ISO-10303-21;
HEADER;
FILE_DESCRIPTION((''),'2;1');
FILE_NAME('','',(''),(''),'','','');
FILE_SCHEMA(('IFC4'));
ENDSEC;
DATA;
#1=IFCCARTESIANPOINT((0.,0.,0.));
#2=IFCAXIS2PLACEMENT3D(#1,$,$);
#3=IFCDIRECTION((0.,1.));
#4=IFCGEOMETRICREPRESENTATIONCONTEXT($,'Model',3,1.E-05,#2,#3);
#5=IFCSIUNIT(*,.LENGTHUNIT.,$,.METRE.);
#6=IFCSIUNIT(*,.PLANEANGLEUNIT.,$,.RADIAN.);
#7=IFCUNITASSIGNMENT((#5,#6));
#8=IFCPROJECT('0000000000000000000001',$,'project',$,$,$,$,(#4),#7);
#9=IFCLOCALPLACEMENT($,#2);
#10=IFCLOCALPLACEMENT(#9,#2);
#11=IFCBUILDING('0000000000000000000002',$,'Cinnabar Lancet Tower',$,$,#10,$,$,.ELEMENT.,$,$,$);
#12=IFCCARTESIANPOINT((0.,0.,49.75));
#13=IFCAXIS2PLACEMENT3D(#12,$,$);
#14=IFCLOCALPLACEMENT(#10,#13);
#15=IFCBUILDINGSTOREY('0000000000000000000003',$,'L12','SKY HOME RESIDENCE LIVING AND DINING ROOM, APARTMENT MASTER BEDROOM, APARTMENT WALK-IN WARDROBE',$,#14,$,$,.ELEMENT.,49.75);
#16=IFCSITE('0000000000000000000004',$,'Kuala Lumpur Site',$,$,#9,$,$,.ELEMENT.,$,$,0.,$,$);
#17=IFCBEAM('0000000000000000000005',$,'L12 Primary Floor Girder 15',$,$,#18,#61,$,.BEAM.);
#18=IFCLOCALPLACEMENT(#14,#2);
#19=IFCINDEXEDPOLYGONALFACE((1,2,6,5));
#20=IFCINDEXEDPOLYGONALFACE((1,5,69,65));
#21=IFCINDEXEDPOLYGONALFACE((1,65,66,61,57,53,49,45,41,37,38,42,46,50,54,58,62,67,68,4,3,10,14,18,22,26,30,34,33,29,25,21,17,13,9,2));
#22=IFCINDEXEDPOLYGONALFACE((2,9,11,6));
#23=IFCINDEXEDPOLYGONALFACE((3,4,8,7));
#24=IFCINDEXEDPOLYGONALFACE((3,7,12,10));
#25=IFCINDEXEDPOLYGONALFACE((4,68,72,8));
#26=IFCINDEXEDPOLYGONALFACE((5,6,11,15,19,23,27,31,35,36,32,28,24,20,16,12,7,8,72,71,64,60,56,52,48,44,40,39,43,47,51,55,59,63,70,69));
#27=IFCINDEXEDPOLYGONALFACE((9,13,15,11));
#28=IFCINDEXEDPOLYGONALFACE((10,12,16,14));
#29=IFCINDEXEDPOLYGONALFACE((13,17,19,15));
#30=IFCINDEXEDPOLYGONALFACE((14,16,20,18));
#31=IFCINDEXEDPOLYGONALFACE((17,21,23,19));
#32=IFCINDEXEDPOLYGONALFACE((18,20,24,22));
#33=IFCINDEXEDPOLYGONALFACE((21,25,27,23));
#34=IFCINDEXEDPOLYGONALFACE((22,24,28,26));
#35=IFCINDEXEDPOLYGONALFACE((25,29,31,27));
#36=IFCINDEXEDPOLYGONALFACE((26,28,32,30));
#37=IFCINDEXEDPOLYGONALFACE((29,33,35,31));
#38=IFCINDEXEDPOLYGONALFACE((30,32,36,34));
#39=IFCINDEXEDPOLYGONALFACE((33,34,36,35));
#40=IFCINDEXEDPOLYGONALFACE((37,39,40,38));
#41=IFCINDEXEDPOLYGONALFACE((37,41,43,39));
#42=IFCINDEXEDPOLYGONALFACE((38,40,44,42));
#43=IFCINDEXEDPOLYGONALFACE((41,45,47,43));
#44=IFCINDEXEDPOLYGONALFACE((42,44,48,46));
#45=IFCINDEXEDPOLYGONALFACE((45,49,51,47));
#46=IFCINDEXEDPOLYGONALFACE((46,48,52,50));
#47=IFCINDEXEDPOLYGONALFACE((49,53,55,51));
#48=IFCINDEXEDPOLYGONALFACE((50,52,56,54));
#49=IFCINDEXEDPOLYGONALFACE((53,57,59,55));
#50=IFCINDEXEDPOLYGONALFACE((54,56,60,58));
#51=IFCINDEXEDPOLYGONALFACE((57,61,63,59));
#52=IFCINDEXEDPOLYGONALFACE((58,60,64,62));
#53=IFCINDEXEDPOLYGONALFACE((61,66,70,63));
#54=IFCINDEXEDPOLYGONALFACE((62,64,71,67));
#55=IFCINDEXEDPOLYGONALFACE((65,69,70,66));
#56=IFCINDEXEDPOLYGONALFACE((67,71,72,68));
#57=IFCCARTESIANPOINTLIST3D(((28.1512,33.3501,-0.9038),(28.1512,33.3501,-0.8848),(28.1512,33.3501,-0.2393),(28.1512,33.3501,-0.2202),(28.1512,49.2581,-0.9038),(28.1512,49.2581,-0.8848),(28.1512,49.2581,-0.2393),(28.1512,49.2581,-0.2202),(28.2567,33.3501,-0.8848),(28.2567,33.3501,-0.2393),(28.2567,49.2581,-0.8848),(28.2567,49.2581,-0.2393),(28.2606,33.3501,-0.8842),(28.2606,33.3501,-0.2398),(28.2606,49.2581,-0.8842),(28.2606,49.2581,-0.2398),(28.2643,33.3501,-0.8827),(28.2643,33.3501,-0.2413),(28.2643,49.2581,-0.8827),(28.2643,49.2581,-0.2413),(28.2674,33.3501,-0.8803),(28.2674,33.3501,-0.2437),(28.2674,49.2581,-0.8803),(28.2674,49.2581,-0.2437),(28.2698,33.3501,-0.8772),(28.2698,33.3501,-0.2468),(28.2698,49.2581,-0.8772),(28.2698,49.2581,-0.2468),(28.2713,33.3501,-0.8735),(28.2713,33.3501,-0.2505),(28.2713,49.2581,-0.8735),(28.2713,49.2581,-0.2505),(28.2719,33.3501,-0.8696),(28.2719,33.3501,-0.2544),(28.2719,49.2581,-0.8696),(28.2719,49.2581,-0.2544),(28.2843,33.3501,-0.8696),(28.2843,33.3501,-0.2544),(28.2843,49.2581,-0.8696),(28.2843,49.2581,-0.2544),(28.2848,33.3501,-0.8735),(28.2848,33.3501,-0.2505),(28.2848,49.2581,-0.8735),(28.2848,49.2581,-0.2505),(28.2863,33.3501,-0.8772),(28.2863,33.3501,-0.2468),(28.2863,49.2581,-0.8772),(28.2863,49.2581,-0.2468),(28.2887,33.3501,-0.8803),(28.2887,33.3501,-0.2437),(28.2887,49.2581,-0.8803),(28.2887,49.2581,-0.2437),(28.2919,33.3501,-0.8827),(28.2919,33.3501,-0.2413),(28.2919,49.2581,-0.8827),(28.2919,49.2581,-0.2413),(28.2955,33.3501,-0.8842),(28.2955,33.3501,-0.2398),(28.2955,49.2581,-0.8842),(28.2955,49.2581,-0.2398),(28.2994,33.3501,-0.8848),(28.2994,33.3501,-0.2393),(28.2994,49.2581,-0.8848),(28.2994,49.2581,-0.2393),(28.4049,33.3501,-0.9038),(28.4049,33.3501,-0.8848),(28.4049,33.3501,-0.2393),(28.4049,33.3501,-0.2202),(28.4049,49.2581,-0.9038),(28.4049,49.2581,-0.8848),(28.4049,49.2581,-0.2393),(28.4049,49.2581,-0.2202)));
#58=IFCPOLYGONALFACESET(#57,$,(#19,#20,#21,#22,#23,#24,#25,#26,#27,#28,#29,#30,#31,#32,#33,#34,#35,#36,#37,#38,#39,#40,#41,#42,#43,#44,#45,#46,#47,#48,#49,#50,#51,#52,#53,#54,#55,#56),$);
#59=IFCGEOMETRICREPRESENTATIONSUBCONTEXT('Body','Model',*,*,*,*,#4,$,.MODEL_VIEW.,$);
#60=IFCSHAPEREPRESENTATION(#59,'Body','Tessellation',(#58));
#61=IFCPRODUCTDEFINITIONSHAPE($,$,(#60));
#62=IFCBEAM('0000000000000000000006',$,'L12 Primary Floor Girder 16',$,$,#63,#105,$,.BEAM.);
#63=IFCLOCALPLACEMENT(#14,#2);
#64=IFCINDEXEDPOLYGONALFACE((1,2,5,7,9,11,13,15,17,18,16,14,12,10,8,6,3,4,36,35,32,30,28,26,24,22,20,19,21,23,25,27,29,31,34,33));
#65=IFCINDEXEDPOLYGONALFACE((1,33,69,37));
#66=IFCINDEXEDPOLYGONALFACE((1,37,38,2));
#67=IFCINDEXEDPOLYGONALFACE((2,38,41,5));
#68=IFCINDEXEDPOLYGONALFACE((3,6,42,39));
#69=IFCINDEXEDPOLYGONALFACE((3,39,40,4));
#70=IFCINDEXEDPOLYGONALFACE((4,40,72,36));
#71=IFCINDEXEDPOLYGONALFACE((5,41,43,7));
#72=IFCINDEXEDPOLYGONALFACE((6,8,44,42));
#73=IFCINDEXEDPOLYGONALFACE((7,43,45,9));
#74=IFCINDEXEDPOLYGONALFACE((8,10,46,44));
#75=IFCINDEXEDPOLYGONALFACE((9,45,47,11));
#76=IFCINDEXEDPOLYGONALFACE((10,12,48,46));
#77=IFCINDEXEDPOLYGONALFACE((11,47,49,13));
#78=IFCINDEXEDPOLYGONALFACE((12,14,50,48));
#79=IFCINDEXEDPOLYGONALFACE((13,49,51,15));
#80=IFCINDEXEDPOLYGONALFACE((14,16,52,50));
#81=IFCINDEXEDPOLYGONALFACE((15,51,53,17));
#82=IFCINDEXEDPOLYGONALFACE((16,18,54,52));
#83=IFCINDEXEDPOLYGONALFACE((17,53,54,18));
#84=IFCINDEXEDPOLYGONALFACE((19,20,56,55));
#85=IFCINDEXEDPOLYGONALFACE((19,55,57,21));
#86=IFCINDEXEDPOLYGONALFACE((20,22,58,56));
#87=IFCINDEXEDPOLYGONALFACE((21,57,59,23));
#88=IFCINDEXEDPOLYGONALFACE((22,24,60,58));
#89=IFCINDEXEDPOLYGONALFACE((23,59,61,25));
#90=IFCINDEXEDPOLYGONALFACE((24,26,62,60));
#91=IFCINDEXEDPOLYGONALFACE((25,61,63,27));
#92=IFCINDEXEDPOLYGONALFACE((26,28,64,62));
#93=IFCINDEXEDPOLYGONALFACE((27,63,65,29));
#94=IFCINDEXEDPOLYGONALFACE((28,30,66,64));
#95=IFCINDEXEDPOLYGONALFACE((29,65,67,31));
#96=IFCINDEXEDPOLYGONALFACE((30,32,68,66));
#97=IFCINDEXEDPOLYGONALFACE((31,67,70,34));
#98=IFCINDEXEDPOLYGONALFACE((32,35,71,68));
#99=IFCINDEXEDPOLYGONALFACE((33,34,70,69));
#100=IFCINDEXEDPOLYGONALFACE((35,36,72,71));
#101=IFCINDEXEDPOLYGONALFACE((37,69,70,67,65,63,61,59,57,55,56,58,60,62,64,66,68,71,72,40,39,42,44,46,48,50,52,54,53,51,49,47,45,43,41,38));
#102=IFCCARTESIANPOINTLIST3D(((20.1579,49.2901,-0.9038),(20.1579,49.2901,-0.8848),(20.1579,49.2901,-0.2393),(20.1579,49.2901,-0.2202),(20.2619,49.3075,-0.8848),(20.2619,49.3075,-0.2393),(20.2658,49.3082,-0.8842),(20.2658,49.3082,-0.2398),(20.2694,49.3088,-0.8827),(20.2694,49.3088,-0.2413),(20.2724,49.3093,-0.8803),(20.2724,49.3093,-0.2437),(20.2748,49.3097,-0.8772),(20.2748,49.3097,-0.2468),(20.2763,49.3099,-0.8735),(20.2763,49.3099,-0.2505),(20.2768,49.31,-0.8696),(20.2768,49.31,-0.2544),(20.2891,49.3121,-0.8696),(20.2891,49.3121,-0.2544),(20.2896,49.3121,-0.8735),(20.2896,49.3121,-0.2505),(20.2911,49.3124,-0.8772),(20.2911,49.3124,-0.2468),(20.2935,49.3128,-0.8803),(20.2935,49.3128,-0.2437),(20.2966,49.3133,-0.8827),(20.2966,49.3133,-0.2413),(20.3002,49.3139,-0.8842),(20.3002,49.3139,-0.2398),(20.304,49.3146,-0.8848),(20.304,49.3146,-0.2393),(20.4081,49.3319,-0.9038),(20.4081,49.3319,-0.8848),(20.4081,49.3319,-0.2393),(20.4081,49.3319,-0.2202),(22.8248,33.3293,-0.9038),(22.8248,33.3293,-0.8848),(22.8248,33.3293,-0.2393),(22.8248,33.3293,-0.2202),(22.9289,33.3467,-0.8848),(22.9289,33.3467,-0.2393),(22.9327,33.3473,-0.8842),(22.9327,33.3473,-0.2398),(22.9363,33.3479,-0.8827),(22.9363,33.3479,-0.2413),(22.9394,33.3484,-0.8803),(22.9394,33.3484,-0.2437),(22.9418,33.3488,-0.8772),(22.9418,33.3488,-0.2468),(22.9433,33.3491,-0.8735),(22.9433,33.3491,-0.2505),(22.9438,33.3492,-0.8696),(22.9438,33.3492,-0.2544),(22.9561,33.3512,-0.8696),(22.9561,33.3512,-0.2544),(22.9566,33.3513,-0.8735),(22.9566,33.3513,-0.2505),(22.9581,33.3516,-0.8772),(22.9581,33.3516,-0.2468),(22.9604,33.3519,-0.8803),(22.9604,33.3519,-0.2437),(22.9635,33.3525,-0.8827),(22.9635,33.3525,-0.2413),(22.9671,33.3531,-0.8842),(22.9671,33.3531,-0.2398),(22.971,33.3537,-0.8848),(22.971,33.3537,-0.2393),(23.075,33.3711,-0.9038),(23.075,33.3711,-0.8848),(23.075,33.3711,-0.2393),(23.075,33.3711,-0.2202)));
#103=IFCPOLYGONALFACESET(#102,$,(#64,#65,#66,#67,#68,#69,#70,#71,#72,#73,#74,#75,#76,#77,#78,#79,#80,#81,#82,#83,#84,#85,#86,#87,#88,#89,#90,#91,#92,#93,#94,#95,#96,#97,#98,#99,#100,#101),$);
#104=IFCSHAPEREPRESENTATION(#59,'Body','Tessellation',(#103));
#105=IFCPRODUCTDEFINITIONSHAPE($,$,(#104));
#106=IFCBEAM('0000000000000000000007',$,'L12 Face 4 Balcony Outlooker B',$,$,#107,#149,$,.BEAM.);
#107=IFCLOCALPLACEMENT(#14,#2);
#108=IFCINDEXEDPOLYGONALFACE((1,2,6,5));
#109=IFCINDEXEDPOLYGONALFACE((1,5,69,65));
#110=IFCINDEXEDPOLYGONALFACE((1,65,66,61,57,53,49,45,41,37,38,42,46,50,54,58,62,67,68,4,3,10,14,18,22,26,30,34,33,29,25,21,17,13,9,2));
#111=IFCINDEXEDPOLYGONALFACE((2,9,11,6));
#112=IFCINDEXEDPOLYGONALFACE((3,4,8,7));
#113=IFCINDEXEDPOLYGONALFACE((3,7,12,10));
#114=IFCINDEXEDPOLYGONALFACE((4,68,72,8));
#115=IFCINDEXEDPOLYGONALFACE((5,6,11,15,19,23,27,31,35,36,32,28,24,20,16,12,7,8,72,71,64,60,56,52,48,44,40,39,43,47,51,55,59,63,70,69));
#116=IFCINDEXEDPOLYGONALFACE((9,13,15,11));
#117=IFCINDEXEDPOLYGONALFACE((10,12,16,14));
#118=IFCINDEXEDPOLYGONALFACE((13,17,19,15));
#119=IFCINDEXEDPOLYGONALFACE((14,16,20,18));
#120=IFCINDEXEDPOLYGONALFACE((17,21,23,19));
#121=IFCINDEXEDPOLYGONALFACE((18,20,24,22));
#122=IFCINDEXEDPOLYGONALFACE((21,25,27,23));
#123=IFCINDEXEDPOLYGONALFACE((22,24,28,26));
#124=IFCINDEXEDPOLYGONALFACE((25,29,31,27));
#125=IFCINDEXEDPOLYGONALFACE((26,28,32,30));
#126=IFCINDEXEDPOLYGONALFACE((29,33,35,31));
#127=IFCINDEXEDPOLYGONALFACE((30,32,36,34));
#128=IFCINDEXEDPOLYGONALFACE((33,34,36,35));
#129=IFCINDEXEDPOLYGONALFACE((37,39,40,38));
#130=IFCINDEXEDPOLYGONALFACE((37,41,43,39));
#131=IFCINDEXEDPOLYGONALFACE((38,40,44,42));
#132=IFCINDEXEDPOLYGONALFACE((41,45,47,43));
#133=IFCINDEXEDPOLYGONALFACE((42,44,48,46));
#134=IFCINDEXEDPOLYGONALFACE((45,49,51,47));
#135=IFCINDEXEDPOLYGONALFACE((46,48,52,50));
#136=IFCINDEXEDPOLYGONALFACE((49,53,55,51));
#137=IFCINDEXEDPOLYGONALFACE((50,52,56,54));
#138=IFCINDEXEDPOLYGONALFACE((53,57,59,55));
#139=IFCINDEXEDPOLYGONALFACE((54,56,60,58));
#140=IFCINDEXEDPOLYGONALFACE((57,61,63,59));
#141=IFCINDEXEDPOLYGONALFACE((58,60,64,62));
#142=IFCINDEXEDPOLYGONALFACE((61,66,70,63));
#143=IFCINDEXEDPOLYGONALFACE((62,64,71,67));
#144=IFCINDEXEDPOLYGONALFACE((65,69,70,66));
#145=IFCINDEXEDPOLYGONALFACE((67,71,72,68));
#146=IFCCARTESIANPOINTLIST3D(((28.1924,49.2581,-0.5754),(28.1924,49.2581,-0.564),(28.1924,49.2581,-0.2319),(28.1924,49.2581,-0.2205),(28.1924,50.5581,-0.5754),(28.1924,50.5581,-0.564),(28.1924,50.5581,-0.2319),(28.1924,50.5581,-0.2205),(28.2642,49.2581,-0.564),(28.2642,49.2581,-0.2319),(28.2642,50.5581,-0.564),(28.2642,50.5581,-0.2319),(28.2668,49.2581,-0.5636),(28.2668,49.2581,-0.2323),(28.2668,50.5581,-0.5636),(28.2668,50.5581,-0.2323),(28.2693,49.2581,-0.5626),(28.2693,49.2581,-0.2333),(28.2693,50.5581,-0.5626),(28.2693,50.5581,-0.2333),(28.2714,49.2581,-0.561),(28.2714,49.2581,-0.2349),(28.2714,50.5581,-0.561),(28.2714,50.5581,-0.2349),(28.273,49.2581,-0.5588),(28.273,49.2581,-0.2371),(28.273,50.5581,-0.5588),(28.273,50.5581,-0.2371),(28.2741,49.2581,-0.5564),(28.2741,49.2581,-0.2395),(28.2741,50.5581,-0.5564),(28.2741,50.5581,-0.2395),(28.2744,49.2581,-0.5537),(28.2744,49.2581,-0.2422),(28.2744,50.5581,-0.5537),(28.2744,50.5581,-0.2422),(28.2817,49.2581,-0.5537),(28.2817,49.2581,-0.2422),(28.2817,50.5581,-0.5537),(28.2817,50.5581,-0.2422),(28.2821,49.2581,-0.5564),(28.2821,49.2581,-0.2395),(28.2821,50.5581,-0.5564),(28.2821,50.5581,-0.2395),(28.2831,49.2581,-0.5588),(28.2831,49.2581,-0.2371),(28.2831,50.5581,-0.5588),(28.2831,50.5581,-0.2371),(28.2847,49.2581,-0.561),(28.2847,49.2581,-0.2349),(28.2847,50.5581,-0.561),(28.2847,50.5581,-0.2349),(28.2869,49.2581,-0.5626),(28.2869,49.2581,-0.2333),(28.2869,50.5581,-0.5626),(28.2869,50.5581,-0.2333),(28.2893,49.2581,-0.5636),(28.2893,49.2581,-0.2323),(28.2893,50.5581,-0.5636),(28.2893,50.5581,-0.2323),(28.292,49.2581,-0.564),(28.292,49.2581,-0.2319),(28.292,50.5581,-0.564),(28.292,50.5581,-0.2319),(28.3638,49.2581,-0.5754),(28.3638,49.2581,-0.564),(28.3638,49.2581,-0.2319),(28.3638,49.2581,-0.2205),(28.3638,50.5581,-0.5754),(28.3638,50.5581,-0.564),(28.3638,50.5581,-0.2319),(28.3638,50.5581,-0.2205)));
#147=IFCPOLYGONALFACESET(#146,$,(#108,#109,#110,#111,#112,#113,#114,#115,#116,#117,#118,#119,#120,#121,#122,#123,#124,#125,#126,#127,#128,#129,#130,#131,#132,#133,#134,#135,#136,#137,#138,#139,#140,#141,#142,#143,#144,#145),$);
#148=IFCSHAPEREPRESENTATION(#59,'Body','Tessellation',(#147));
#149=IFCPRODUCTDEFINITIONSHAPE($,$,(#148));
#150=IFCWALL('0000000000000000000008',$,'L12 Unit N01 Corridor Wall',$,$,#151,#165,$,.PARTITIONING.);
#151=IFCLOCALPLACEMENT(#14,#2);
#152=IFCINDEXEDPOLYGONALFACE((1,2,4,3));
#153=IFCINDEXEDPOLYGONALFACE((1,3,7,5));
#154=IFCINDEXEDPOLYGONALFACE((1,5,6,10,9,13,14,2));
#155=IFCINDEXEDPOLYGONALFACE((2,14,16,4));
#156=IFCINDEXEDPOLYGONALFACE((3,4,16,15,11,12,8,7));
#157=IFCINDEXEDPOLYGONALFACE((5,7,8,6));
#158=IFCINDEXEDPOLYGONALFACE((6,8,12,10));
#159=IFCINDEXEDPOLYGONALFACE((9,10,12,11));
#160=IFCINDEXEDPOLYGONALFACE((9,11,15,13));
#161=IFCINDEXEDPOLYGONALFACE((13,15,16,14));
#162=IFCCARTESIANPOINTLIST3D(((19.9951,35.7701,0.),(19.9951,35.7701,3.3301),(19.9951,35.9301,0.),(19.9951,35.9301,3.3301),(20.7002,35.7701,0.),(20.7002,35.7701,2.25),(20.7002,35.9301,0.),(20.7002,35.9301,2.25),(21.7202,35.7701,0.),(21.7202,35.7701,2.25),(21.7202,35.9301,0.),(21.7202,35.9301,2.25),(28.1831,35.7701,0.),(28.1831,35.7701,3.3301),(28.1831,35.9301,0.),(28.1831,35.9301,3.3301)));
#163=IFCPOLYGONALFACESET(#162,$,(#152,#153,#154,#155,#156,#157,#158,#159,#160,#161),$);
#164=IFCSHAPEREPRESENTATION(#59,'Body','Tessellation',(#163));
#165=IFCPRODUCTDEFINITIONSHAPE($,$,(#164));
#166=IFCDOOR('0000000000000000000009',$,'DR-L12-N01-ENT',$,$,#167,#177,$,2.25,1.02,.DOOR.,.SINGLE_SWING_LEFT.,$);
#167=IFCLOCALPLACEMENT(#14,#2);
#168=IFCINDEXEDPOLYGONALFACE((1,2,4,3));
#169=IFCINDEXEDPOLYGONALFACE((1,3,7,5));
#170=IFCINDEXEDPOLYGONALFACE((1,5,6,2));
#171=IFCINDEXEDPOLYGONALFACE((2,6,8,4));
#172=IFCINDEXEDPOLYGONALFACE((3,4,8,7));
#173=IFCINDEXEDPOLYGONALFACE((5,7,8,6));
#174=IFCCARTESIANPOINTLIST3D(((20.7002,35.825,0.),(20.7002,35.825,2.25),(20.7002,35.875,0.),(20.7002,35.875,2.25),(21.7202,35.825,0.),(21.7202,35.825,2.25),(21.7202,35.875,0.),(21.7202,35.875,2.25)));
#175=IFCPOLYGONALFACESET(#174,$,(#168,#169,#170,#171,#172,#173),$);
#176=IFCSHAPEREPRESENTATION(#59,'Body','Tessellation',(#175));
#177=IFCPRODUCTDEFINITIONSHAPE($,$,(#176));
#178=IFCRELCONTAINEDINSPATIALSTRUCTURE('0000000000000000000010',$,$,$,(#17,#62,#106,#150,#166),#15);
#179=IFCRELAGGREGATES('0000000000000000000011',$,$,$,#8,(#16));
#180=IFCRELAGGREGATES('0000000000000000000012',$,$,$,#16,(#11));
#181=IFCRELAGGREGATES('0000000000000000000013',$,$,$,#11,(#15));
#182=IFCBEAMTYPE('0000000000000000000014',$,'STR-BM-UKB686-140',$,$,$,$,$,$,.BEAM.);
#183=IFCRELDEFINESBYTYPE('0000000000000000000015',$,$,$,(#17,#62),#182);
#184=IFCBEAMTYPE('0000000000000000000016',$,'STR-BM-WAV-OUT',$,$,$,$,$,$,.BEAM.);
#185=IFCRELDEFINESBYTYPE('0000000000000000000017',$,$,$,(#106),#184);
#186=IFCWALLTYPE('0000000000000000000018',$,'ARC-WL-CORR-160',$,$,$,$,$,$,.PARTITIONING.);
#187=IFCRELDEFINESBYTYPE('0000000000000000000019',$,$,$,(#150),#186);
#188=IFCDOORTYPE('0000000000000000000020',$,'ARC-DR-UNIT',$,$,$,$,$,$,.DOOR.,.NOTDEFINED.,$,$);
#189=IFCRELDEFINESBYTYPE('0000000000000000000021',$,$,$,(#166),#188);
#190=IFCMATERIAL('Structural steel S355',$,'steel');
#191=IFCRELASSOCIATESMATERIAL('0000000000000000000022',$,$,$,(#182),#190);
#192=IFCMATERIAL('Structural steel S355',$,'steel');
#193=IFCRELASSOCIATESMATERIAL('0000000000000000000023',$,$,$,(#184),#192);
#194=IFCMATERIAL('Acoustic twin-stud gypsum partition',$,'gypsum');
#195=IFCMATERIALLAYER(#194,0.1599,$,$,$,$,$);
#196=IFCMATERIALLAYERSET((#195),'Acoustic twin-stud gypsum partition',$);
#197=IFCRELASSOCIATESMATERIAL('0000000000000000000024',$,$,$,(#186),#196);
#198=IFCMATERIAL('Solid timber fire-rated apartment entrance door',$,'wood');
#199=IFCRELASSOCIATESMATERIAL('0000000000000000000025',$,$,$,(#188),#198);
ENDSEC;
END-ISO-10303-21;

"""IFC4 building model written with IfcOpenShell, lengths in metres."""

from ifc_helpers import new_model, si_unit, direction, frame, frame_2d, origin, origin_2d, place, context, subcontext, project, spatial, rectangle, i_section, extrude, material, layer, layer_set, material_profile, profile_set, type_object, element, fill, save


model = new_model("IFC4")

# Units and contexts
model_context = context("Model", 3, precision=1e-05, world=origin(), true_north=direction((0.0, 1.0)))
body_context = subcontext(model_context, "Body", "Model", "MODEL_VIEW")
ifc_project = project(units=[si_unit("LENGTHUNIT", "METRE"), si_unit("PLANEANGLEUNIT", "RADIAN")], contexts=[model_context])

# Site, building, storey
site_placement = place(None, origin())
site = spatial("IfcSite", under=ifc_project, at=site_placement, Name="Kuala Lumpur Site", CompositionType="ELEMENT", RefElevation=0.0)
building_placement = place(site_placement, origin())
building = spatial("IfcBuilding", under=site, at=building_placement, Name="Cinnabar Lancet Tower", CompositionType="ELEMENT")
storey_placement = place(building_placement, frame((0.0, 0.0, 49.75)))
storey = spatial("IfcBuildingStorey", under=building, at=storey_placement, Name="L12", Description="SKY HOME RESIDENCE LIVING AND DINING ROOM, APARTMENT MASTER BEDROOM, APARTMENT WALK-IN WARDROBE", CompositionType="ELEMENT", Elevation=49.75)

# Beams
ifc_material_1 = material(Name="Structural steel S355", Category="steel")
ifc_material_profile_1 = material_profile(ifc_material_1, i_section(OverallWidth=0.2537, OverallDepth=0.6836, WebThickness=0.0125, FlangeThickness=0.019, FilletRadius=0.0151, at=origin_2d()), Name="UKB 686x254x140")
ifc_profile_set_1 = profile_set([ifc_material_profile_1], Name="Structural steel S355")
beam_type_1 = type_object("IfcBeamType", Name="STR-BM-UKB686-140", PredefinedType="BEAM", material=ifc_profile_set_1)
beam_1_placement = place(storey_placement, frame((28.2781, 49.2581, -0.562), z_axis=(0.0, -1.0, 0.0), x_axis=(1.0, 0.0, 0.0)))
element("IfcBeam", 1, at=beam_1_placement, inside=storey, type_object=beam_type_1, Name="L12 Primary Floor Girder 15", PredefinedType="BEAM", context=body_context, shape_type="SweptSolid", body=[
    extrude(i_section(OverallWidth=0.2537, OverallDepth=0.6836, WebThickness=0.0125, FlangeThickness=0.019, FilletRadius=0.0151, at=origin_2d()), origin(), (0.0, 0.0, 1.0), 15.908),
])
beam_2_placement = place(storey_placement, frame((20.283, 49.311, -0.562), z_axis=(0.16481, -0.986325, 0.0), x_axis=(0.986325, 0.16481, 0.0)))
element("IfcBeam", 2, at=beam_2_placement, inside=storey, type_object=beam_type_1, Name="L12 Primary Floor Girder 16", PredefinedType="BEAM", context=body_context, shape_type="SweptSolid", body=[
    extrude(i_section(OverallWidth=0.2537, OverallDepth=0.6836, WebThickness=0.0125, FlangeThickness=0.019, FilletRadius=0.0151, at=origin_2d()), origin(), (0.0, 0.0, 1.0), 16.1821),
])
ifc_material_2 = material(Name="Structural steel S355", Category="steel")
ifc_material_profile_2 = material_profile(ifc_material_2, i_section(OverallWidth=0.1714, OverallDepth=0.355, WebThickness=0.0073, FlangeThickness=0.0115, FilletRadius=0.0103, at=origin_2d()), Name="UKB 356x171x51")
ifc_profile_set_2 = profile_set([ifc_material_profile_2], Name="Structural steel S355")
beam_type_2 = type_object("IfcBeamType", Name="STR-BM-WAV-OUT", PredefinedType="BEAM", material=ifc_profile_set_2)
beam_3_placement = place(storey_placement, frame((28.2781, 49.2581, -0.3979), z_axis=(0.0, 1.0, 0.0), x_axis=(-1.0, 0.0, 0.0)))
element("IfcBeam", 3, at=beam_3_placement, inside=storey, type_object=beam_type_2, Name="L12 Face 4 Balcony Outlooker B", PredefinedType="BEAM", context=body_context, shape_type="SweptSolid", body=[
    extrude(i_section(OverallWidth=0.1714, OverallDepth=0.355, WebThickness=0.0073, FlangeThickness=0.0115, FilletRadius=0.0103, at=origin_2d()), origin(), (0.0, 0.0, 1.0), 1.3),
])

# Wall, opening, door
ifc_material_3 = material(Name="Acoustic twin-stud gypsum partition", Category="gypsum")
ifc_layer_1 = layer(ifc_material_3, 0.1599)
ifc_layer_set_1 = layer_set([ifc_layer_1], Name="Acoustic twin-stud gypsum partition")
wall_type_1 = type_object("IfcWallType", Name="ARC-WL-CORR-160", PredefinedType="PARTITIONING", material=ifc_layer_set_1)
wall_1_placement = place(storey_placement, frame((19.9951, 35.8501, 0.0), z_axis=(0.0, 0.0, 1.0), x_axis=(1.0, 0.0, 0.0)))
wall_1 = element("IfcWall", 4, at=wall_1_placement, inside=storey, type_object=wall_type_1, Name="L12 Unit N01 Corridor Wall", PredefinedType="PARTITIONING", context=body_context, shape_type="SweptSolid", body=[
    extrude(rectangle(XDim=8.188, YDim=0.1599, at=frame_2d((4.094, 0.0))), origin(), (0.0, 0.0, 1.0), 3.3301),
])
opening_1_placement = place(wall_1_placement, frame((0.7051, 0.0, 0.0)))
opening_1 = element("IfcOpeningElement", 5, at=opening_1_placement, cuts=wall_1, PredefinedType="OPENING", context=body_context, shape_type="SweptSolid", body=[
    extrude(rectangle(XDim=1.02, YDim=2.25, at=frame_2d((0.51, 1.125))), frame((0.0, 0.0898, 0.0), z_axis=(0.0, -1.0, 0.0), x_axis=(1.0, 0.0, 0.0)), (0.0, 0.0, 1.0), 0.1799),
])
ifc_material_4 = material(Name="Solid timber fire-rated apartment entrance door", Category="wood")
door_type_1 = type_object("IfcDoorType", Name="ARC-DR-UNIT", OperationType="NOTDEFINED", PredefinedType="DOOR", material=ifc_material_4)
door_1_placement = place(opening_1_placement, origin())
door_1 = element("IfcDoor", 6, at=door_1_placement, inside=storey, type_object=door_type_1, Name="DR-L12-N01-ENT", OperationType="SINGLE_SWING_LEFT", OverallHeight=2.25, OverallWidth=1.02, PredefinedType="DOOR", context=body_context, shape_type="SweptSolid", body=[
    extrude(rectangle(XDim=1.02, YDim=2.25, at=frame_2d((0.51, 1.125))), frame((0.0, 0.0249, 0.0), z_axis=(0.0, -1.0, 0.0), x_axis=(1.0, 0.0, 0.0)), (0.0, 0.0, 1.0), 0.05),
])
fill(opening_1, door_1)

save(model, "model.ifc")
